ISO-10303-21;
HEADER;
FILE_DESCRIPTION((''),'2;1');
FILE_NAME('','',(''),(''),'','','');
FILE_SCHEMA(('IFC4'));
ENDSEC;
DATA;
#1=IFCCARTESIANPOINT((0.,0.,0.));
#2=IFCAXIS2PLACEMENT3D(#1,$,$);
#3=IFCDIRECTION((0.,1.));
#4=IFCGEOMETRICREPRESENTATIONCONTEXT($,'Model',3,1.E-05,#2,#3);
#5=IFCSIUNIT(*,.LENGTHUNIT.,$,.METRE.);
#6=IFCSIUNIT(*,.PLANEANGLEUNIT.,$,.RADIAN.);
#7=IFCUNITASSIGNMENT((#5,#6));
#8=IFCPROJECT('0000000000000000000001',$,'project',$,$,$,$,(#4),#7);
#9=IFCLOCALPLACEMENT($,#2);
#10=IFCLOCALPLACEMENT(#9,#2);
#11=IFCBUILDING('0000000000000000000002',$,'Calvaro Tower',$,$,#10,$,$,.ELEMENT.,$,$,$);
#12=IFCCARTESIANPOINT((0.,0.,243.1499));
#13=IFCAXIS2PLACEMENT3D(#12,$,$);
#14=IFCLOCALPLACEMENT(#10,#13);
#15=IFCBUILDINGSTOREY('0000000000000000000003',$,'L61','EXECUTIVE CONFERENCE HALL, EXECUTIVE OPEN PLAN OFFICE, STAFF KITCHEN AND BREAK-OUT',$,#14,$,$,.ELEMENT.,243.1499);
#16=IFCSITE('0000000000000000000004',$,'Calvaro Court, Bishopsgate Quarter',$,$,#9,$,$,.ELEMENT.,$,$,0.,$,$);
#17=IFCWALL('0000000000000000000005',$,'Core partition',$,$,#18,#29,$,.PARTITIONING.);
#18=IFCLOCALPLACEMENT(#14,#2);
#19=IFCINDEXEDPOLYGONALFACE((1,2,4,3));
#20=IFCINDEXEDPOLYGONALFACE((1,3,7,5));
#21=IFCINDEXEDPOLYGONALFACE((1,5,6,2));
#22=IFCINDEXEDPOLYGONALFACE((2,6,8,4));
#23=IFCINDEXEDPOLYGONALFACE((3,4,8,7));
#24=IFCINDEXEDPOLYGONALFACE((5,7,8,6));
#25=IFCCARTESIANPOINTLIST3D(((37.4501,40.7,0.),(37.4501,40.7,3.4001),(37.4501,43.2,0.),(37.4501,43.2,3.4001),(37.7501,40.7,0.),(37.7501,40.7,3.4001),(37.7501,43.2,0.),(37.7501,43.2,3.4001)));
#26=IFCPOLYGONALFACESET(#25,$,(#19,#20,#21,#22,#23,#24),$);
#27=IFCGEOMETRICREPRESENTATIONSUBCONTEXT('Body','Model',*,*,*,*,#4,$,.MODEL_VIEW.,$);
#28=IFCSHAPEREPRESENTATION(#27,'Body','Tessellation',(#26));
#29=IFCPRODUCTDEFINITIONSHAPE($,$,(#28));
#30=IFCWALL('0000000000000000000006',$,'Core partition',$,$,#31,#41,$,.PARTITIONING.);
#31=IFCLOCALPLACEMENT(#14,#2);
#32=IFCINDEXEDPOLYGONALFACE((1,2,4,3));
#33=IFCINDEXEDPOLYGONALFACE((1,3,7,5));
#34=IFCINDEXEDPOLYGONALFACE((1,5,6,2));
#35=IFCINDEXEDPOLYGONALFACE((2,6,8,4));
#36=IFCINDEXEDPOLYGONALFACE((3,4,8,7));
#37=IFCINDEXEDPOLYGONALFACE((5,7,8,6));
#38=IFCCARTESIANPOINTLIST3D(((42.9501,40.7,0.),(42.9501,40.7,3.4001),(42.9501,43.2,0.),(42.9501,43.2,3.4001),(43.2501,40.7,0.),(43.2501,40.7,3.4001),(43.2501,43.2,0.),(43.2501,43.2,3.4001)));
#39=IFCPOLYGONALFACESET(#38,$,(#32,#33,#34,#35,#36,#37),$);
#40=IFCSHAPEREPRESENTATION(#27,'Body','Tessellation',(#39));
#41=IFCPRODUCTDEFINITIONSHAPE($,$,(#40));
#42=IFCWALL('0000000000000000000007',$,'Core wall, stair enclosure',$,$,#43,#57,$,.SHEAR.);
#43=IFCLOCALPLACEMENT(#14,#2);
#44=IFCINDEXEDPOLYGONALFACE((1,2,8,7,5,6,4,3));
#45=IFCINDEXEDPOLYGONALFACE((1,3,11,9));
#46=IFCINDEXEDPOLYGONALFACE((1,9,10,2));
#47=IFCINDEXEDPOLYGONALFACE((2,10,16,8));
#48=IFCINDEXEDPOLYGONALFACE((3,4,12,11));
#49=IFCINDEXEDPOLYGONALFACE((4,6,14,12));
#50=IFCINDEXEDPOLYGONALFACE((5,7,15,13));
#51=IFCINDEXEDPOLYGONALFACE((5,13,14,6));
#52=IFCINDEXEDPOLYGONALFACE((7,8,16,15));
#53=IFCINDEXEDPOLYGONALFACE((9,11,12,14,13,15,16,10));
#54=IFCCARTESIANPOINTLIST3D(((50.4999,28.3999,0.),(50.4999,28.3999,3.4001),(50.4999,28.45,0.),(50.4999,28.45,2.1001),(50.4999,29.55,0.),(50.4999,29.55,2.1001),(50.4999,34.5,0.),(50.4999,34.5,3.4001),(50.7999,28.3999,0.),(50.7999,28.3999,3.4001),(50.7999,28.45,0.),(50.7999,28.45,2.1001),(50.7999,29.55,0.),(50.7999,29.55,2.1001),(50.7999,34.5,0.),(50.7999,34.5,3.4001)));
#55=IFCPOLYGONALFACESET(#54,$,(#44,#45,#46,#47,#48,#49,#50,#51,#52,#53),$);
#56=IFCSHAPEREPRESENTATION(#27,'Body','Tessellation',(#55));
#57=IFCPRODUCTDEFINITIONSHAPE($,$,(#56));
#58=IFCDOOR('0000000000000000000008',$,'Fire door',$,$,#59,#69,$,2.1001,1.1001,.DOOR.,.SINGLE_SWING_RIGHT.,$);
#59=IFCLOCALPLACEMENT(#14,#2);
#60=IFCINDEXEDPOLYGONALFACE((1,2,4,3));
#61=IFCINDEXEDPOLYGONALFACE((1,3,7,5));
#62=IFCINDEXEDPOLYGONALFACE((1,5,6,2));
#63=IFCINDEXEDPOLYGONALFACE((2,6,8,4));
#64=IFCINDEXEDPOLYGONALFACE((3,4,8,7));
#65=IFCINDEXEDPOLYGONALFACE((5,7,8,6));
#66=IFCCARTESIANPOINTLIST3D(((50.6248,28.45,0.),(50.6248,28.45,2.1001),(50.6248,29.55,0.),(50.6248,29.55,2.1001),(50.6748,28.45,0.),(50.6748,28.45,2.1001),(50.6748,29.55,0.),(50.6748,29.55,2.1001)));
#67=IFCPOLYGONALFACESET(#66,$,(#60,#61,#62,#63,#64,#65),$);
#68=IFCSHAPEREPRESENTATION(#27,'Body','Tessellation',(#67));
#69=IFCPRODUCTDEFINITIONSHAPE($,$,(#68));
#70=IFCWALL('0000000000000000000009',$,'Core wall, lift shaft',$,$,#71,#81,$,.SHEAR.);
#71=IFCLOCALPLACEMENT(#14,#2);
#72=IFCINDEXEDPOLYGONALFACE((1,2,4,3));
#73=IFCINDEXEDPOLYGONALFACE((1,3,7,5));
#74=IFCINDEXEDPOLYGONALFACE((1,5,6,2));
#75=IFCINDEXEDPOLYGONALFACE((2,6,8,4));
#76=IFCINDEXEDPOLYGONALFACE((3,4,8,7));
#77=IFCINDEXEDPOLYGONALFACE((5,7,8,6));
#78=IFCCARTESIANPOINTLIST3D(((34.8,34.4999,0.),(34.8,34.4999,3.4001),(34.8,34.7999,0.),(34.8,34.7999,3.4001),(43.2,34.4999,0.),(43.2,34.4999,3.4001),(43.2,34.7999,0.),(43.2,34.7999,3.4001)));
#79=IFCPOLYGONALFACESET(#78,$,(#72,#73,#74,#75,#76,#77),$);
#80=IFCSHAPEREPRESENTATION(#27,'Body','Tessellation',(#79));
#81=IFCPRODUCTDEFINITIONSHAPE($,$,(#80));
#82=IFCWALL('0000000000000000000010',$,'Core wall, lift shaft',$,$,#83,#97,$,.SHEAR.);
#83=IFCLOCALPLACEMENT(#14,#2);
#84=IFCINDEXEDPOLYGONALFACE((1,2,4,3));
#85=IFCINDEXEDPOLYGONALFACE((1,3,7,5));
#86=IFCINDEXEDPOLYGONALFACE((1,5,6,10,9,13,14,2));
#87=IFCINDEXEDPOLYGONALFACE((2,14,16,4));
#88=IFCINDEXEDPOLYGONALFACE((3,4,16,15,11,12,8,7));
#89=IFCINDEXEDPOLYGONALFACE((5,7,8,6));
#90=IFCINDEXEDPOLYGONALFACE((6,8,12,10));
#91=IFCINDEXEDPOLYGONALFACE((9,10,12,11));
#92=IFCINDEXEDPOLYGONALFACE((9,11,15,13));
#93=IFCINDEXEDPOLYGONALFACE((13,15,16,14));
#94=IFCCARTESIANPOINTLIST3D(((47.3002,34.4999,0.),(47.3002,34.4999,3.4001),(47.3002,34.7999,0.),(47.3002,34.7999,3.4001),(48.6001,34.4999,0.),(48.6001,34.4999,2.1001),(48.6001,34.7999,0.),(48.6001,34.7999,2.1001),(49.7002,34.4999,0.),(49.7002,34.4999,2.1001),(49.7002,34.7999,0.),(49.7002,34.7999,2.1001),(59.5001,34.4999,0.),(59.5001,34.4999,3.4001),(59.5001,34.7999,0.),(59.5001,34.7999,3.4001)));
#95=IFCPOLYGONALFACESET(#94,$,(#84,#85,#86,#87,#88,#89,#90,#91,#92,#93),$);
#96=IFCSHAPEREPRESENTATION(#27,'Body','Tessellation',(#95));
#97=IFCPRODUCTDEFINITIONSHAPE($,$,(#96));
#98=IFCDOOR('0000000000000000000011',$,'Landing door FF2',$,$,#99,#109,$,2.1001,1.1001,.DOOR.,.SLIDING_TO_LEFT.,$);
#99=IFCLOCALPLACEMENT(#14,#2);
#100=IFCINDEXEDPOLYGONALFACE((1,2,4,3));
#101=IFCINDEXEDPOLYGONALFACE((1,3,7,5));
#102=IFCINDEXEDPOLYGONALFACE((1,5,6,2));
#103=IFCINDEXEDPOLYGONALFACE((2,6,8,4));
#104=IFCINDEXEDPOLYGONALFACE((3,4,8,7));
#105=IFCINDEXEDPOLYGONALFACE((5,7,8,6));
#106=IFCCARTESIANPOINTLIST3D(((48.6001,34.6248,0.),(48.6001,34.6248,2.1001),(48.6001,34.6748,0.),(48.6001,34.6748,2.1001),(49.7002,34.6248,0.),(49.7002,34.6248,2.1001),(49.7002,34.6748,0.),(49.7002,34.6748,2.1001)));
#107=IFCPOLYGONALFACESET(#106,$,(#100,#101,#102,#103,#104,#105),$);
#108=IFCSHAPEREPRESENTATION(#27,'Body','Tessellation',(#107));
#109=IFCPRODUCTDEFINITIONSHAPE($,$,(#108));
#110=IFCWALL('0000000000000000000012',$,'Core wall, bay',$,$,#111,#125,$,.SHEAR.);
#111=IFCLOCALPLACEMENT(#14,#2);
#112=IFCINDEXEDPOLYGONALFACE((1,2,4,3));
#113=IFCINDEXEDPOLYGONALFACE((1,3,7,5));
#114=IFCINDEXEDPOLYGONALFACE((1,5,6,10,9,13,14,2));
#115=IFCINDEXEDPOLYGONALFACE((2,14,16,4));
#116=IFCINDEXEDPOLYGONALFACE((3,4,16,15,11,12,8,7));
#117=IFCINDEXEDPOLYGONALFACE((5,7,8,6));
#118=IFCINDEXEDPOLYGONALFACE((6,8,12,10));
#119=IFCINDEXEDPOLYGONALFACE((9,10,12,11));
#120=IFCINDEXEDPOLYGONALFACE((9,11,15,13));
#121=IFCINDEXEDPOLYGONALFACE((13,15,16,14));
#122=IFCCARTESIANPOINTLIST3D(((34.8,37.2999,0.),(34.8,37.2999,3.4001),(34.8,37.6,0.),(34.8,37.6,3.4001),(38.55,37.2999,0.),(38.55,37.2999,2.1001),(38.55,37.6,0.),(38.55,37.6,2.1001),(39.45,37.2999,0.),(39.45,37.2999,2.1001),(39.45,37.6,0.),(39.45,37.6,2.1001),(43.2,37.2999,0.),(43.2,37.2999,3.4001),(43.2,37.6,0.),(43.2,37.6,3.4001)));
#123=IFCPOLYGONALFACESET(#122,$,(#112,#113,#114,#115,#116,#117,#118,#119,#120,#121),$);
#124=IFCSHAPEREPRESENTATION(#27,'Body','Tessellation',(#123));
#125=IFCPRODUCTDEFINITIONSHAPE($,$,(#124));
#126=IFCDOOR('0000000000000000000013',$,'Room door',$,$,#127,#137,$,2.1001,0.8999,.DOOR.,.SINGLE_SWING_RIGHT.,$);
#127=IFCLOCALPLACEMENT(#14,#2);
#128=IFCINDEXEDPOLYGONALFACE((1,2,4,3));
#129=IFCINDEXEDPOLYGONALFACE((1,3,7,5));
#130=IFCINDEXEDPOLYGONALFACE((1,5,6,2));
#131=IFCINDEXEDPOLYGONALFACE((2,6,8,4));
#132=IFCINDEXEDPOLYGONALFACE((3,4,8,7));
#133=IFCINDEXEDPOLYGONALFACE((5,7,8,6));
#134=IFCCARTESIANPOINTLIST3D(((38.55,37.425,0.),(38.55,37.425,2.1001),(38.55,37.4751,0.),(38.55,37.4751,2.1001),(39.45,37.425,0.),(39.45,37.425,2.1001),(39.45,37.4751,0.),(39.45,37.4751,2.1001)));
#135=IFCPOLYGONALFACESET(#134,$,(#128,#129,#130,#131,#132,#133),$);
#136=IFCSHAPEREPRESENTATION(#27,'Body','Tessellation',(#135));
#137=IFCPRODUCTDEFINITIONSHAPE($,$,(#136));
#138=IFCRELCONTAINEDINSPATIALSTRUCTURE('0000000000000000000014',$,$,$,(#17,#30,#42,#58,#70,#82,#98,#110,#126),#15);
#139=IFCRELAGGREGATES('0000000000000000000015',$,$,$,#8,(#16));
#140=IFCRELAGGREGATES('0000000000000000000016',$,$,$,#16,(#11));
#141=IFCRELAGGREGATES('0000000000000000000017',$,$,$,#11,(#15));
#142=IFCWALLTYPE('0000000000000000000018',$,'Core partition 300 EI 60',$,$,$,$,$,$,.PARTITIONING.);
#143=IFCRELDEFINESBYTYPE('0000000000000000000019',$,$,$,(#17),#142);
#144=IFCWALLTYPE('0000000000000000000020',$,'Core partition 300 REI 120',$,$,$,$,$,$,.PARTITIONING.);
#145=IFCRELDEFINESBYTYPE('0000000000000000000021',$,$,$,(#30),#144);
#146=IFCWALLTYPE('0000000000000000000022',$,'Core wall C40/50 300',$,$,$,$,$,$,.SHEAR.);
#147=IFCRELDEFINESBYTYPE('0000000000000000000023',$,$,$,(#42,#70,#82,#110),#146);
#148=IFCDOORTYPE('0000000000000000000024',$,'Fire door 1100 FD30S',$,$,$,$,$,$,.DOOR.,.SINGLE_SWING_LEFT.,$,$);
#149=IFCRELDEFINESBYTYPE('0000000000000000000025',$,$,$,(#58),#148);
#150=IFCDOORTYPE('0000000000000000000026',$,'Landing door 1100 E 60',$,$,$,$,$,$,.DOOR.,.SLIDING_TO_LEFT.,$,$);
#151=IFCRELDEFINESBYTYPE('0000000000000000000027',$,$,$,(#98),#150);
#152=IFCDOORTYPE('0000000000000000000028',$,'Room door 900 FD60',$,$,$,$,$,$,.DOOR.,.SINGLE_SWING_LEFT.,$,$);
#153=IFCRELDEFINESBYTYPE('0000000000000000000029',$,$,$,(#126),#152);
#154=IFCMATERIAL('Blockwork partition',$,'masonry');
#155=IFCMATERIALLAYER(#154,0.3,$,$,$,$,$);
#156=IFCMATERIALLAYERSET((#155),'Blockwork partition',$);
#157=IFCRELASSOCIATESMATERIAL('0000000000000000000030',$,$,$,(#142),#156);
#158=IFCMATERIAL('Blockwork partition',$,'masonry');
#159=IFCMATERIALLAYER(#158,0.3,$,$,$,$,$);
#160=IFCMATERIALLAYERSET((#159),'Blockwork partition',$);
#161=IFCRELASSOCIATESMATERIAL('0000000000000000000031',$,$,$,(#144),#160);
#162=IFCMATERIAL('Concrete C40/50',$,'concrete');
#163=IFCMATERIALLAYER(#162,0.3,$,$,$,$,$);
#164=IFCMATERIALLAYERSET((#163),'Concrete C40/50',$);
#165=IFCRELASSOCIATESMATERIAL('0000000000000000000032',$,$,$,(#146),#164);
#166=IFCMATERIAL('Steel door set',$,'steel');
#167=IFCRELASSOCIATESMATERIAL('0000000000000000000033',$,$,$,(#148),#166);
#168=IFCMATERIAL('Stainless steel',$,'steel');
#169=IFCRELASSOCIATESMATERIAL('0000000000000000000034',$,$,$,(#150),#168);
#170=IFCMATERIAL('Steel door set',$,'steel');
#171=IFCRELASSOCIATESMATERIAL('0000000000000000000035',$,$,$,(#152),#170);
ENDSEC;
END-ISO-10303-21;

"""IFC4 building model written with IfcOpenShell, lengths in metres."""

from ifc_helpers import new_model, si_unit, direction, frame, frame_2d, origin, place, context, subcontext, project, spatial, rectangle, extrude, material, layer, layer_set, type_object, element, fill, save


model = new_model("IFC4")

# Units and contexts
model_context = context("Model", 3, precision=1e-05, world=origin(), true_north=direction((0.0, 1.0)))
body_context = subcontext(model_context, "Body", "Model", "MODEL_VIEW")
ifc_project = project(units=[si_unit("LENGTHUNIT", "METRE"), si_unit("PLANEANGLEUNIT", "RADIAN")], contexts=[model_context])

# Site, building, storey
site_placement = place(None, origin())
site = spatial("IfcSite", under=ifc_project, at=site_placement, Name="Calvaro Court, Bishopsgate Quarter", CompositionType="ELEMENT", RefElevation=0.0)
building_placement = place(site_placement, origin())
building = spatial("IfcBuilding", under=site, at=building_placement, Name="Calvaro Tower", CompositionType="ELEMENT")
storey_placement = place(building_placement, frame((0.0, 0.0, 243.1499)))
storey = spatial("IfcBuildingStorey", under=building, at=storey_placement, Name="L61", Description="EXECUTIVE CONFERENCE HALL, EXECUTIVE OPEN PLAN OFFICE, STAFF KITCHEN AND BREAK-OUT", CompositionType="ELEMENT", Elevation=243.1499)

# Walls
ifc_material_1 = material(Name="Blockwork partition", Category="masonry")
ifc_layer_1 = layer(ifc_material_1, 0.3)
ifc_layer_set_1 = layer_set([ifc_layer_1], Name="Blockwork partition")
wall_type_1 = type_object("IfcWallType", Name="Core partition 300 EI 60", PredefinedType="PARTITIONING", material=ifc_layer_set_1)
wall_1_placement = place(storey_placement, frame((37.6001, 40.7, 0.0), z_axis=(0.0, 0.0, 1.0), x_axis=(0.0, 1.0, 0.0)))
element("IfcWall", 1, at=wall_1_placement, inside=storey, type_object=wall_type_1, Name="Core partition", PredefinedType="PARTITIONING", context=body_context, shape_type="SweptSolid", body=[
    extrude(rectangle(XDim=2.5, YDim=0.3, at=frame_2d((1.25, 0.0))), origin(), (0.0, 0.0, 1.0), 3.4001),
])
ifc_material_2 = material(Name="Blockwork partition", Category="masonry")
ifc_layer_2 = layer(ifc_material_2, 0.3)
ifc_layer_set_2 = layer_set([ifc_layer_2], Name="Blockwork partition")
wall_type_2 = type_object("IfcWallType", Name="Core partition 300 REI 120", PredefinedType="PARTITIONING", material=ifc_layer_set_2)
wall_2_placement = place(storey_placement, frame((43.1001, 40.7, 0.0), z_axis=(0.0, 0.0, 1.0), x_axis=(0.0, 1.0, 0.0)))
element("IfcWall", 2, at=wall_2_placement, inside=storey, type_object=wall_type_2, Name="Core partition", PredefinedType="PARTITIONING", context=body_context, shape_type="SweptSolid", body=[
    extrude(rectangle(XDim=2.5, YDim=0.3, at=frame_2d((1.25, 0.0))), origin(), (0.0, 0.0, 1.0), 3.4001),
])

# Wall, opening, door
ifc_material_3 = material(Name="Concrete C40/50", Category="concrete")
ifc_layer_3 = layer(ifc_material_3, 0.3)
ifc_layer_set_3 = layer_set([ifc_layer_3], Name="Concrete C40/50")
wall_type_3 = type_object("IfcWallType", Name="Core wall C40/50 300", PredefinedType="SHEAR", material=ifc_layer_set_3)
wall_3_placement = place(storey_placement, frame((50.6499, 34.5, 0.0), z_axis=(0.0, 0.0, 1.0), x_axis=(0.0, -1.0, 0.0)))
wall_3 = element("IfcWall", 3, at=wall_3_placement, inside=storey, type_object=wall_type_3, Name="Core wall, stair enclosure", PredefinedType="SHEAR", context=body_context, shape_type="SweptSolid", body=[
    extrude(rectangle(XDim=6.1001, YDim=0.3, at=frame_2d((3.05, 0.0))), origin(), (0.0, 0.0, 1.0), 3.4001),
])
opening_1_placement = place(wall_3_placement, frame((4.95, 0.0, 0.0)))
opening_1 = element("IfcOpeningElement", 4, at=opening_1_placement, cuts=wall_3, PredefinedType="OPENING", context=body_context, shape_type="SweptSolid", body=[
    extrude(rectangle(XDim=1.1001, YDim=2.1001, at=frame_2d((0.55, 1.05))), frame((0.0, 0.1599, 0.0), z_axis=(0.0, -1.0, 0.0), x_axis=(1.0, 0.0, 0.0)), (0.0, 0.0, 1.0), 0.3201),
])
ifc_material_4 = material(Name="Steel door set", Category="steel")
door_type_1 = type_object("IfcDoorType", Name="Fire door 1100 FD30S", OperationType="SINGLE_SWING_LEFT", PredefinedType="DOOR", material=ifc_material_4)
door_1_placement = place(opening_1_placement, origin())
door_1 = element("IfcDoor", 5, at=door_1_placement, inside=storey, type_object=door_type_1, Name="Fire door", OperationType="SINGLE_SWING_RIGHT", OverallHeight=2.1001, OverallWidth=1.1001, PredefinedType="DOOR", context=body_context, shape_type="SweptSolid", body=[
    extrude(rectangle(XDim=1.1001, YDim=2.1001, at=frame_2d((0.55, 1.05))), frame((0.0, 0.0249, 0.0), z_axis=(0.0, -1.0, 0.0), x_axis=(1.0, 0.0, 0.0)), (0.0, 0.0, 1.0), 0.05),
])
fill(opening_1, door_1)

# Wall
wall_4_placement = place(storey_placement, frame((34.8, 34.6499, 0.0), z_axis=(0.0, 0.0, 1.0), x_axis=(1.0, 0.0, 0.0)))
element("IfcWall", 6, at=wall_4_placement, inside=storey, type_object=wall_type_3, Name="Core wall, lift shaft", PredefinedType="SHEAR", context=body_context, shape_type="SweptSolid", body=[
    extrude(rectangle(XDim=8.3999, YDim=0.3, at=frame_2d((4.2, 0.0))), origin(), (0.0, 0.0, 1.0), 3.4001),
])

# Walls, openings, doors
wall_5_placement = place(storey_placement, frame((47.3, 34.6499, 0.0), z_axis=(0.0, 0.0, 1.0), x_axis=(1.0, 0.0, 0.0)))
wall_5 = element("IfcWall", 7, at=wall_5_placement, inside=storey, type_object=wall_type_3, Name="Core wall, lift shaft", PredefinedType="SHEAR", context=body_context, shape_type="SweptSolid", body=[
    extrude(rectangle(XDim=12.2, YDim=0.3, at=frame_2d((6.1001, 0.0))), origin(), (0.0, 0.0, 1.0), 3.4001),
])
opening_2_placement = place(wall_5_placement, frame((1.3, 0.0, 0.0)))
opening_2 = element("IfcOpeningElement", 8, at=opening_2_placement, cuts=wall_5, PredefinedType="OPENING", context=body_context, shape_type="SweptSolid", body=[
    extrude(rectangle(XDim=1.1001, YDim=2.1001, at=frame_2d((0.55, 1.05))), frame((0.0, 0.1599, 0.0), z_axis=(0.0, -1.0, 0.0), x_axis=(1.0, 0.0, 0.0)), (0.0, 0.0, 1.0), 0.3201),
])
ifc_material_5 = material(Name="Stainless steel", Category="steel")
door_type_2 = type_object("IfcDoorType", Name="Landing door 1100 E 60", OperationType="SLIDING_TO_LEFT", PredefinedType="DOOR", material=ifc_material_5)
door_2_placement = place(opening_2_placement, origin())
door_2 = element("IfcDoor", 9, at=door_2_placement, inside=storey, type_object=door_type_2, Name="Landing door FF2", OperationType="SLIDING_TO_LEFT", OverallHeight=2.1001, OverallWidth=1.1001, PredefinedType="DOOR", context=body_context, shape_type="SweptSolid", body=[
    extrude(rectangle(XDim=1.1001, YDim=2.1001, at=frame_2d((0.55, 1.05))), frame((0.0, 0.0249, 0.0), z_axis=(0.0, -1.0, 0.0), x_axis=(1.0, 0.0, 0.0)), (0.0, 0.0, 1.0), 0.05),
])
fill(opening_2, door_2)
wall_6_placement = place(storey_placement, frame((43.2, 37.45, 0.0), z_axis=(0.0, 0.0, 1.0), x_axis=(-1.0, 0.0, 0.0)))
wall_6 = element("IfcWall", 10, at=wall_6_placement, inside=storey, type_object=wall_type_3, Name="Core wall, bay", PredefinedType="SHEAR", context=body_context, shape_type="SweptSolid", body=[
    extrude(rectangle(XDim=8.3999, YDim=0.3, at=frame_2d((4.2, 0.0))), origin(), (0.0, 0.0, 1.0), 3.4001),
])
opening_3_placement = place(wall_6_placement, frame((3.75, 0.0, 0.0)))
opening_3 = element("IfcOpeningElement", 11, at=opening_3_placement, cuts=wall_6, PredefinedType="OPENING", context=body_context, shape_type="SweptSolid", body=[
    extrude(rectangle(XDim=0.8999, YDim=2.1001, at=frame_2d((0.45, 1.05))), frame((0.0, 0.1599, 0.0), z_axis=(0.0, -1.0, 0.0), x_axis=(1.0, 0.0, 0.0)), (0.0, 0.0, 1.0), 0.3201),
])
ifc_material_6 = material(Name="Steel door set", Category="steel")
door_type_3 = type_object("IfcDoorType", Name="Room door 900 FD60", OperationType="SINGLE_SWING_LEFT", PredefinedType="DOOR", material=ifc_material_6)
door_3_placement = place(opening_3_placement, origin())
door_3 = element("IfcDoor", 12, at=door_3_placement, inside=storey, type_object=door_type_3, Name="Room door", OperationType="SINGLE_SWING_RIGHT", OverallHeight=2.1001, OverallWidth=0.8999, PredefinedType="DOOR", context=body_context, shape_type="SweptSolid", body=[
    extrude(rectangle(XDim=0.8999, YDim=2.1001, at=frame_2d((0.45, 1.05))), frame((0.0, 0.0249, 0.0), z_axis=(0.0, -1.0, 0.0), x_axis=(1.0, 0.0, 0.0)), (0.0, 0.0, 1.0), 0.05),
])
fill(opening_3, door_3)

save(model, "model.ifc")
